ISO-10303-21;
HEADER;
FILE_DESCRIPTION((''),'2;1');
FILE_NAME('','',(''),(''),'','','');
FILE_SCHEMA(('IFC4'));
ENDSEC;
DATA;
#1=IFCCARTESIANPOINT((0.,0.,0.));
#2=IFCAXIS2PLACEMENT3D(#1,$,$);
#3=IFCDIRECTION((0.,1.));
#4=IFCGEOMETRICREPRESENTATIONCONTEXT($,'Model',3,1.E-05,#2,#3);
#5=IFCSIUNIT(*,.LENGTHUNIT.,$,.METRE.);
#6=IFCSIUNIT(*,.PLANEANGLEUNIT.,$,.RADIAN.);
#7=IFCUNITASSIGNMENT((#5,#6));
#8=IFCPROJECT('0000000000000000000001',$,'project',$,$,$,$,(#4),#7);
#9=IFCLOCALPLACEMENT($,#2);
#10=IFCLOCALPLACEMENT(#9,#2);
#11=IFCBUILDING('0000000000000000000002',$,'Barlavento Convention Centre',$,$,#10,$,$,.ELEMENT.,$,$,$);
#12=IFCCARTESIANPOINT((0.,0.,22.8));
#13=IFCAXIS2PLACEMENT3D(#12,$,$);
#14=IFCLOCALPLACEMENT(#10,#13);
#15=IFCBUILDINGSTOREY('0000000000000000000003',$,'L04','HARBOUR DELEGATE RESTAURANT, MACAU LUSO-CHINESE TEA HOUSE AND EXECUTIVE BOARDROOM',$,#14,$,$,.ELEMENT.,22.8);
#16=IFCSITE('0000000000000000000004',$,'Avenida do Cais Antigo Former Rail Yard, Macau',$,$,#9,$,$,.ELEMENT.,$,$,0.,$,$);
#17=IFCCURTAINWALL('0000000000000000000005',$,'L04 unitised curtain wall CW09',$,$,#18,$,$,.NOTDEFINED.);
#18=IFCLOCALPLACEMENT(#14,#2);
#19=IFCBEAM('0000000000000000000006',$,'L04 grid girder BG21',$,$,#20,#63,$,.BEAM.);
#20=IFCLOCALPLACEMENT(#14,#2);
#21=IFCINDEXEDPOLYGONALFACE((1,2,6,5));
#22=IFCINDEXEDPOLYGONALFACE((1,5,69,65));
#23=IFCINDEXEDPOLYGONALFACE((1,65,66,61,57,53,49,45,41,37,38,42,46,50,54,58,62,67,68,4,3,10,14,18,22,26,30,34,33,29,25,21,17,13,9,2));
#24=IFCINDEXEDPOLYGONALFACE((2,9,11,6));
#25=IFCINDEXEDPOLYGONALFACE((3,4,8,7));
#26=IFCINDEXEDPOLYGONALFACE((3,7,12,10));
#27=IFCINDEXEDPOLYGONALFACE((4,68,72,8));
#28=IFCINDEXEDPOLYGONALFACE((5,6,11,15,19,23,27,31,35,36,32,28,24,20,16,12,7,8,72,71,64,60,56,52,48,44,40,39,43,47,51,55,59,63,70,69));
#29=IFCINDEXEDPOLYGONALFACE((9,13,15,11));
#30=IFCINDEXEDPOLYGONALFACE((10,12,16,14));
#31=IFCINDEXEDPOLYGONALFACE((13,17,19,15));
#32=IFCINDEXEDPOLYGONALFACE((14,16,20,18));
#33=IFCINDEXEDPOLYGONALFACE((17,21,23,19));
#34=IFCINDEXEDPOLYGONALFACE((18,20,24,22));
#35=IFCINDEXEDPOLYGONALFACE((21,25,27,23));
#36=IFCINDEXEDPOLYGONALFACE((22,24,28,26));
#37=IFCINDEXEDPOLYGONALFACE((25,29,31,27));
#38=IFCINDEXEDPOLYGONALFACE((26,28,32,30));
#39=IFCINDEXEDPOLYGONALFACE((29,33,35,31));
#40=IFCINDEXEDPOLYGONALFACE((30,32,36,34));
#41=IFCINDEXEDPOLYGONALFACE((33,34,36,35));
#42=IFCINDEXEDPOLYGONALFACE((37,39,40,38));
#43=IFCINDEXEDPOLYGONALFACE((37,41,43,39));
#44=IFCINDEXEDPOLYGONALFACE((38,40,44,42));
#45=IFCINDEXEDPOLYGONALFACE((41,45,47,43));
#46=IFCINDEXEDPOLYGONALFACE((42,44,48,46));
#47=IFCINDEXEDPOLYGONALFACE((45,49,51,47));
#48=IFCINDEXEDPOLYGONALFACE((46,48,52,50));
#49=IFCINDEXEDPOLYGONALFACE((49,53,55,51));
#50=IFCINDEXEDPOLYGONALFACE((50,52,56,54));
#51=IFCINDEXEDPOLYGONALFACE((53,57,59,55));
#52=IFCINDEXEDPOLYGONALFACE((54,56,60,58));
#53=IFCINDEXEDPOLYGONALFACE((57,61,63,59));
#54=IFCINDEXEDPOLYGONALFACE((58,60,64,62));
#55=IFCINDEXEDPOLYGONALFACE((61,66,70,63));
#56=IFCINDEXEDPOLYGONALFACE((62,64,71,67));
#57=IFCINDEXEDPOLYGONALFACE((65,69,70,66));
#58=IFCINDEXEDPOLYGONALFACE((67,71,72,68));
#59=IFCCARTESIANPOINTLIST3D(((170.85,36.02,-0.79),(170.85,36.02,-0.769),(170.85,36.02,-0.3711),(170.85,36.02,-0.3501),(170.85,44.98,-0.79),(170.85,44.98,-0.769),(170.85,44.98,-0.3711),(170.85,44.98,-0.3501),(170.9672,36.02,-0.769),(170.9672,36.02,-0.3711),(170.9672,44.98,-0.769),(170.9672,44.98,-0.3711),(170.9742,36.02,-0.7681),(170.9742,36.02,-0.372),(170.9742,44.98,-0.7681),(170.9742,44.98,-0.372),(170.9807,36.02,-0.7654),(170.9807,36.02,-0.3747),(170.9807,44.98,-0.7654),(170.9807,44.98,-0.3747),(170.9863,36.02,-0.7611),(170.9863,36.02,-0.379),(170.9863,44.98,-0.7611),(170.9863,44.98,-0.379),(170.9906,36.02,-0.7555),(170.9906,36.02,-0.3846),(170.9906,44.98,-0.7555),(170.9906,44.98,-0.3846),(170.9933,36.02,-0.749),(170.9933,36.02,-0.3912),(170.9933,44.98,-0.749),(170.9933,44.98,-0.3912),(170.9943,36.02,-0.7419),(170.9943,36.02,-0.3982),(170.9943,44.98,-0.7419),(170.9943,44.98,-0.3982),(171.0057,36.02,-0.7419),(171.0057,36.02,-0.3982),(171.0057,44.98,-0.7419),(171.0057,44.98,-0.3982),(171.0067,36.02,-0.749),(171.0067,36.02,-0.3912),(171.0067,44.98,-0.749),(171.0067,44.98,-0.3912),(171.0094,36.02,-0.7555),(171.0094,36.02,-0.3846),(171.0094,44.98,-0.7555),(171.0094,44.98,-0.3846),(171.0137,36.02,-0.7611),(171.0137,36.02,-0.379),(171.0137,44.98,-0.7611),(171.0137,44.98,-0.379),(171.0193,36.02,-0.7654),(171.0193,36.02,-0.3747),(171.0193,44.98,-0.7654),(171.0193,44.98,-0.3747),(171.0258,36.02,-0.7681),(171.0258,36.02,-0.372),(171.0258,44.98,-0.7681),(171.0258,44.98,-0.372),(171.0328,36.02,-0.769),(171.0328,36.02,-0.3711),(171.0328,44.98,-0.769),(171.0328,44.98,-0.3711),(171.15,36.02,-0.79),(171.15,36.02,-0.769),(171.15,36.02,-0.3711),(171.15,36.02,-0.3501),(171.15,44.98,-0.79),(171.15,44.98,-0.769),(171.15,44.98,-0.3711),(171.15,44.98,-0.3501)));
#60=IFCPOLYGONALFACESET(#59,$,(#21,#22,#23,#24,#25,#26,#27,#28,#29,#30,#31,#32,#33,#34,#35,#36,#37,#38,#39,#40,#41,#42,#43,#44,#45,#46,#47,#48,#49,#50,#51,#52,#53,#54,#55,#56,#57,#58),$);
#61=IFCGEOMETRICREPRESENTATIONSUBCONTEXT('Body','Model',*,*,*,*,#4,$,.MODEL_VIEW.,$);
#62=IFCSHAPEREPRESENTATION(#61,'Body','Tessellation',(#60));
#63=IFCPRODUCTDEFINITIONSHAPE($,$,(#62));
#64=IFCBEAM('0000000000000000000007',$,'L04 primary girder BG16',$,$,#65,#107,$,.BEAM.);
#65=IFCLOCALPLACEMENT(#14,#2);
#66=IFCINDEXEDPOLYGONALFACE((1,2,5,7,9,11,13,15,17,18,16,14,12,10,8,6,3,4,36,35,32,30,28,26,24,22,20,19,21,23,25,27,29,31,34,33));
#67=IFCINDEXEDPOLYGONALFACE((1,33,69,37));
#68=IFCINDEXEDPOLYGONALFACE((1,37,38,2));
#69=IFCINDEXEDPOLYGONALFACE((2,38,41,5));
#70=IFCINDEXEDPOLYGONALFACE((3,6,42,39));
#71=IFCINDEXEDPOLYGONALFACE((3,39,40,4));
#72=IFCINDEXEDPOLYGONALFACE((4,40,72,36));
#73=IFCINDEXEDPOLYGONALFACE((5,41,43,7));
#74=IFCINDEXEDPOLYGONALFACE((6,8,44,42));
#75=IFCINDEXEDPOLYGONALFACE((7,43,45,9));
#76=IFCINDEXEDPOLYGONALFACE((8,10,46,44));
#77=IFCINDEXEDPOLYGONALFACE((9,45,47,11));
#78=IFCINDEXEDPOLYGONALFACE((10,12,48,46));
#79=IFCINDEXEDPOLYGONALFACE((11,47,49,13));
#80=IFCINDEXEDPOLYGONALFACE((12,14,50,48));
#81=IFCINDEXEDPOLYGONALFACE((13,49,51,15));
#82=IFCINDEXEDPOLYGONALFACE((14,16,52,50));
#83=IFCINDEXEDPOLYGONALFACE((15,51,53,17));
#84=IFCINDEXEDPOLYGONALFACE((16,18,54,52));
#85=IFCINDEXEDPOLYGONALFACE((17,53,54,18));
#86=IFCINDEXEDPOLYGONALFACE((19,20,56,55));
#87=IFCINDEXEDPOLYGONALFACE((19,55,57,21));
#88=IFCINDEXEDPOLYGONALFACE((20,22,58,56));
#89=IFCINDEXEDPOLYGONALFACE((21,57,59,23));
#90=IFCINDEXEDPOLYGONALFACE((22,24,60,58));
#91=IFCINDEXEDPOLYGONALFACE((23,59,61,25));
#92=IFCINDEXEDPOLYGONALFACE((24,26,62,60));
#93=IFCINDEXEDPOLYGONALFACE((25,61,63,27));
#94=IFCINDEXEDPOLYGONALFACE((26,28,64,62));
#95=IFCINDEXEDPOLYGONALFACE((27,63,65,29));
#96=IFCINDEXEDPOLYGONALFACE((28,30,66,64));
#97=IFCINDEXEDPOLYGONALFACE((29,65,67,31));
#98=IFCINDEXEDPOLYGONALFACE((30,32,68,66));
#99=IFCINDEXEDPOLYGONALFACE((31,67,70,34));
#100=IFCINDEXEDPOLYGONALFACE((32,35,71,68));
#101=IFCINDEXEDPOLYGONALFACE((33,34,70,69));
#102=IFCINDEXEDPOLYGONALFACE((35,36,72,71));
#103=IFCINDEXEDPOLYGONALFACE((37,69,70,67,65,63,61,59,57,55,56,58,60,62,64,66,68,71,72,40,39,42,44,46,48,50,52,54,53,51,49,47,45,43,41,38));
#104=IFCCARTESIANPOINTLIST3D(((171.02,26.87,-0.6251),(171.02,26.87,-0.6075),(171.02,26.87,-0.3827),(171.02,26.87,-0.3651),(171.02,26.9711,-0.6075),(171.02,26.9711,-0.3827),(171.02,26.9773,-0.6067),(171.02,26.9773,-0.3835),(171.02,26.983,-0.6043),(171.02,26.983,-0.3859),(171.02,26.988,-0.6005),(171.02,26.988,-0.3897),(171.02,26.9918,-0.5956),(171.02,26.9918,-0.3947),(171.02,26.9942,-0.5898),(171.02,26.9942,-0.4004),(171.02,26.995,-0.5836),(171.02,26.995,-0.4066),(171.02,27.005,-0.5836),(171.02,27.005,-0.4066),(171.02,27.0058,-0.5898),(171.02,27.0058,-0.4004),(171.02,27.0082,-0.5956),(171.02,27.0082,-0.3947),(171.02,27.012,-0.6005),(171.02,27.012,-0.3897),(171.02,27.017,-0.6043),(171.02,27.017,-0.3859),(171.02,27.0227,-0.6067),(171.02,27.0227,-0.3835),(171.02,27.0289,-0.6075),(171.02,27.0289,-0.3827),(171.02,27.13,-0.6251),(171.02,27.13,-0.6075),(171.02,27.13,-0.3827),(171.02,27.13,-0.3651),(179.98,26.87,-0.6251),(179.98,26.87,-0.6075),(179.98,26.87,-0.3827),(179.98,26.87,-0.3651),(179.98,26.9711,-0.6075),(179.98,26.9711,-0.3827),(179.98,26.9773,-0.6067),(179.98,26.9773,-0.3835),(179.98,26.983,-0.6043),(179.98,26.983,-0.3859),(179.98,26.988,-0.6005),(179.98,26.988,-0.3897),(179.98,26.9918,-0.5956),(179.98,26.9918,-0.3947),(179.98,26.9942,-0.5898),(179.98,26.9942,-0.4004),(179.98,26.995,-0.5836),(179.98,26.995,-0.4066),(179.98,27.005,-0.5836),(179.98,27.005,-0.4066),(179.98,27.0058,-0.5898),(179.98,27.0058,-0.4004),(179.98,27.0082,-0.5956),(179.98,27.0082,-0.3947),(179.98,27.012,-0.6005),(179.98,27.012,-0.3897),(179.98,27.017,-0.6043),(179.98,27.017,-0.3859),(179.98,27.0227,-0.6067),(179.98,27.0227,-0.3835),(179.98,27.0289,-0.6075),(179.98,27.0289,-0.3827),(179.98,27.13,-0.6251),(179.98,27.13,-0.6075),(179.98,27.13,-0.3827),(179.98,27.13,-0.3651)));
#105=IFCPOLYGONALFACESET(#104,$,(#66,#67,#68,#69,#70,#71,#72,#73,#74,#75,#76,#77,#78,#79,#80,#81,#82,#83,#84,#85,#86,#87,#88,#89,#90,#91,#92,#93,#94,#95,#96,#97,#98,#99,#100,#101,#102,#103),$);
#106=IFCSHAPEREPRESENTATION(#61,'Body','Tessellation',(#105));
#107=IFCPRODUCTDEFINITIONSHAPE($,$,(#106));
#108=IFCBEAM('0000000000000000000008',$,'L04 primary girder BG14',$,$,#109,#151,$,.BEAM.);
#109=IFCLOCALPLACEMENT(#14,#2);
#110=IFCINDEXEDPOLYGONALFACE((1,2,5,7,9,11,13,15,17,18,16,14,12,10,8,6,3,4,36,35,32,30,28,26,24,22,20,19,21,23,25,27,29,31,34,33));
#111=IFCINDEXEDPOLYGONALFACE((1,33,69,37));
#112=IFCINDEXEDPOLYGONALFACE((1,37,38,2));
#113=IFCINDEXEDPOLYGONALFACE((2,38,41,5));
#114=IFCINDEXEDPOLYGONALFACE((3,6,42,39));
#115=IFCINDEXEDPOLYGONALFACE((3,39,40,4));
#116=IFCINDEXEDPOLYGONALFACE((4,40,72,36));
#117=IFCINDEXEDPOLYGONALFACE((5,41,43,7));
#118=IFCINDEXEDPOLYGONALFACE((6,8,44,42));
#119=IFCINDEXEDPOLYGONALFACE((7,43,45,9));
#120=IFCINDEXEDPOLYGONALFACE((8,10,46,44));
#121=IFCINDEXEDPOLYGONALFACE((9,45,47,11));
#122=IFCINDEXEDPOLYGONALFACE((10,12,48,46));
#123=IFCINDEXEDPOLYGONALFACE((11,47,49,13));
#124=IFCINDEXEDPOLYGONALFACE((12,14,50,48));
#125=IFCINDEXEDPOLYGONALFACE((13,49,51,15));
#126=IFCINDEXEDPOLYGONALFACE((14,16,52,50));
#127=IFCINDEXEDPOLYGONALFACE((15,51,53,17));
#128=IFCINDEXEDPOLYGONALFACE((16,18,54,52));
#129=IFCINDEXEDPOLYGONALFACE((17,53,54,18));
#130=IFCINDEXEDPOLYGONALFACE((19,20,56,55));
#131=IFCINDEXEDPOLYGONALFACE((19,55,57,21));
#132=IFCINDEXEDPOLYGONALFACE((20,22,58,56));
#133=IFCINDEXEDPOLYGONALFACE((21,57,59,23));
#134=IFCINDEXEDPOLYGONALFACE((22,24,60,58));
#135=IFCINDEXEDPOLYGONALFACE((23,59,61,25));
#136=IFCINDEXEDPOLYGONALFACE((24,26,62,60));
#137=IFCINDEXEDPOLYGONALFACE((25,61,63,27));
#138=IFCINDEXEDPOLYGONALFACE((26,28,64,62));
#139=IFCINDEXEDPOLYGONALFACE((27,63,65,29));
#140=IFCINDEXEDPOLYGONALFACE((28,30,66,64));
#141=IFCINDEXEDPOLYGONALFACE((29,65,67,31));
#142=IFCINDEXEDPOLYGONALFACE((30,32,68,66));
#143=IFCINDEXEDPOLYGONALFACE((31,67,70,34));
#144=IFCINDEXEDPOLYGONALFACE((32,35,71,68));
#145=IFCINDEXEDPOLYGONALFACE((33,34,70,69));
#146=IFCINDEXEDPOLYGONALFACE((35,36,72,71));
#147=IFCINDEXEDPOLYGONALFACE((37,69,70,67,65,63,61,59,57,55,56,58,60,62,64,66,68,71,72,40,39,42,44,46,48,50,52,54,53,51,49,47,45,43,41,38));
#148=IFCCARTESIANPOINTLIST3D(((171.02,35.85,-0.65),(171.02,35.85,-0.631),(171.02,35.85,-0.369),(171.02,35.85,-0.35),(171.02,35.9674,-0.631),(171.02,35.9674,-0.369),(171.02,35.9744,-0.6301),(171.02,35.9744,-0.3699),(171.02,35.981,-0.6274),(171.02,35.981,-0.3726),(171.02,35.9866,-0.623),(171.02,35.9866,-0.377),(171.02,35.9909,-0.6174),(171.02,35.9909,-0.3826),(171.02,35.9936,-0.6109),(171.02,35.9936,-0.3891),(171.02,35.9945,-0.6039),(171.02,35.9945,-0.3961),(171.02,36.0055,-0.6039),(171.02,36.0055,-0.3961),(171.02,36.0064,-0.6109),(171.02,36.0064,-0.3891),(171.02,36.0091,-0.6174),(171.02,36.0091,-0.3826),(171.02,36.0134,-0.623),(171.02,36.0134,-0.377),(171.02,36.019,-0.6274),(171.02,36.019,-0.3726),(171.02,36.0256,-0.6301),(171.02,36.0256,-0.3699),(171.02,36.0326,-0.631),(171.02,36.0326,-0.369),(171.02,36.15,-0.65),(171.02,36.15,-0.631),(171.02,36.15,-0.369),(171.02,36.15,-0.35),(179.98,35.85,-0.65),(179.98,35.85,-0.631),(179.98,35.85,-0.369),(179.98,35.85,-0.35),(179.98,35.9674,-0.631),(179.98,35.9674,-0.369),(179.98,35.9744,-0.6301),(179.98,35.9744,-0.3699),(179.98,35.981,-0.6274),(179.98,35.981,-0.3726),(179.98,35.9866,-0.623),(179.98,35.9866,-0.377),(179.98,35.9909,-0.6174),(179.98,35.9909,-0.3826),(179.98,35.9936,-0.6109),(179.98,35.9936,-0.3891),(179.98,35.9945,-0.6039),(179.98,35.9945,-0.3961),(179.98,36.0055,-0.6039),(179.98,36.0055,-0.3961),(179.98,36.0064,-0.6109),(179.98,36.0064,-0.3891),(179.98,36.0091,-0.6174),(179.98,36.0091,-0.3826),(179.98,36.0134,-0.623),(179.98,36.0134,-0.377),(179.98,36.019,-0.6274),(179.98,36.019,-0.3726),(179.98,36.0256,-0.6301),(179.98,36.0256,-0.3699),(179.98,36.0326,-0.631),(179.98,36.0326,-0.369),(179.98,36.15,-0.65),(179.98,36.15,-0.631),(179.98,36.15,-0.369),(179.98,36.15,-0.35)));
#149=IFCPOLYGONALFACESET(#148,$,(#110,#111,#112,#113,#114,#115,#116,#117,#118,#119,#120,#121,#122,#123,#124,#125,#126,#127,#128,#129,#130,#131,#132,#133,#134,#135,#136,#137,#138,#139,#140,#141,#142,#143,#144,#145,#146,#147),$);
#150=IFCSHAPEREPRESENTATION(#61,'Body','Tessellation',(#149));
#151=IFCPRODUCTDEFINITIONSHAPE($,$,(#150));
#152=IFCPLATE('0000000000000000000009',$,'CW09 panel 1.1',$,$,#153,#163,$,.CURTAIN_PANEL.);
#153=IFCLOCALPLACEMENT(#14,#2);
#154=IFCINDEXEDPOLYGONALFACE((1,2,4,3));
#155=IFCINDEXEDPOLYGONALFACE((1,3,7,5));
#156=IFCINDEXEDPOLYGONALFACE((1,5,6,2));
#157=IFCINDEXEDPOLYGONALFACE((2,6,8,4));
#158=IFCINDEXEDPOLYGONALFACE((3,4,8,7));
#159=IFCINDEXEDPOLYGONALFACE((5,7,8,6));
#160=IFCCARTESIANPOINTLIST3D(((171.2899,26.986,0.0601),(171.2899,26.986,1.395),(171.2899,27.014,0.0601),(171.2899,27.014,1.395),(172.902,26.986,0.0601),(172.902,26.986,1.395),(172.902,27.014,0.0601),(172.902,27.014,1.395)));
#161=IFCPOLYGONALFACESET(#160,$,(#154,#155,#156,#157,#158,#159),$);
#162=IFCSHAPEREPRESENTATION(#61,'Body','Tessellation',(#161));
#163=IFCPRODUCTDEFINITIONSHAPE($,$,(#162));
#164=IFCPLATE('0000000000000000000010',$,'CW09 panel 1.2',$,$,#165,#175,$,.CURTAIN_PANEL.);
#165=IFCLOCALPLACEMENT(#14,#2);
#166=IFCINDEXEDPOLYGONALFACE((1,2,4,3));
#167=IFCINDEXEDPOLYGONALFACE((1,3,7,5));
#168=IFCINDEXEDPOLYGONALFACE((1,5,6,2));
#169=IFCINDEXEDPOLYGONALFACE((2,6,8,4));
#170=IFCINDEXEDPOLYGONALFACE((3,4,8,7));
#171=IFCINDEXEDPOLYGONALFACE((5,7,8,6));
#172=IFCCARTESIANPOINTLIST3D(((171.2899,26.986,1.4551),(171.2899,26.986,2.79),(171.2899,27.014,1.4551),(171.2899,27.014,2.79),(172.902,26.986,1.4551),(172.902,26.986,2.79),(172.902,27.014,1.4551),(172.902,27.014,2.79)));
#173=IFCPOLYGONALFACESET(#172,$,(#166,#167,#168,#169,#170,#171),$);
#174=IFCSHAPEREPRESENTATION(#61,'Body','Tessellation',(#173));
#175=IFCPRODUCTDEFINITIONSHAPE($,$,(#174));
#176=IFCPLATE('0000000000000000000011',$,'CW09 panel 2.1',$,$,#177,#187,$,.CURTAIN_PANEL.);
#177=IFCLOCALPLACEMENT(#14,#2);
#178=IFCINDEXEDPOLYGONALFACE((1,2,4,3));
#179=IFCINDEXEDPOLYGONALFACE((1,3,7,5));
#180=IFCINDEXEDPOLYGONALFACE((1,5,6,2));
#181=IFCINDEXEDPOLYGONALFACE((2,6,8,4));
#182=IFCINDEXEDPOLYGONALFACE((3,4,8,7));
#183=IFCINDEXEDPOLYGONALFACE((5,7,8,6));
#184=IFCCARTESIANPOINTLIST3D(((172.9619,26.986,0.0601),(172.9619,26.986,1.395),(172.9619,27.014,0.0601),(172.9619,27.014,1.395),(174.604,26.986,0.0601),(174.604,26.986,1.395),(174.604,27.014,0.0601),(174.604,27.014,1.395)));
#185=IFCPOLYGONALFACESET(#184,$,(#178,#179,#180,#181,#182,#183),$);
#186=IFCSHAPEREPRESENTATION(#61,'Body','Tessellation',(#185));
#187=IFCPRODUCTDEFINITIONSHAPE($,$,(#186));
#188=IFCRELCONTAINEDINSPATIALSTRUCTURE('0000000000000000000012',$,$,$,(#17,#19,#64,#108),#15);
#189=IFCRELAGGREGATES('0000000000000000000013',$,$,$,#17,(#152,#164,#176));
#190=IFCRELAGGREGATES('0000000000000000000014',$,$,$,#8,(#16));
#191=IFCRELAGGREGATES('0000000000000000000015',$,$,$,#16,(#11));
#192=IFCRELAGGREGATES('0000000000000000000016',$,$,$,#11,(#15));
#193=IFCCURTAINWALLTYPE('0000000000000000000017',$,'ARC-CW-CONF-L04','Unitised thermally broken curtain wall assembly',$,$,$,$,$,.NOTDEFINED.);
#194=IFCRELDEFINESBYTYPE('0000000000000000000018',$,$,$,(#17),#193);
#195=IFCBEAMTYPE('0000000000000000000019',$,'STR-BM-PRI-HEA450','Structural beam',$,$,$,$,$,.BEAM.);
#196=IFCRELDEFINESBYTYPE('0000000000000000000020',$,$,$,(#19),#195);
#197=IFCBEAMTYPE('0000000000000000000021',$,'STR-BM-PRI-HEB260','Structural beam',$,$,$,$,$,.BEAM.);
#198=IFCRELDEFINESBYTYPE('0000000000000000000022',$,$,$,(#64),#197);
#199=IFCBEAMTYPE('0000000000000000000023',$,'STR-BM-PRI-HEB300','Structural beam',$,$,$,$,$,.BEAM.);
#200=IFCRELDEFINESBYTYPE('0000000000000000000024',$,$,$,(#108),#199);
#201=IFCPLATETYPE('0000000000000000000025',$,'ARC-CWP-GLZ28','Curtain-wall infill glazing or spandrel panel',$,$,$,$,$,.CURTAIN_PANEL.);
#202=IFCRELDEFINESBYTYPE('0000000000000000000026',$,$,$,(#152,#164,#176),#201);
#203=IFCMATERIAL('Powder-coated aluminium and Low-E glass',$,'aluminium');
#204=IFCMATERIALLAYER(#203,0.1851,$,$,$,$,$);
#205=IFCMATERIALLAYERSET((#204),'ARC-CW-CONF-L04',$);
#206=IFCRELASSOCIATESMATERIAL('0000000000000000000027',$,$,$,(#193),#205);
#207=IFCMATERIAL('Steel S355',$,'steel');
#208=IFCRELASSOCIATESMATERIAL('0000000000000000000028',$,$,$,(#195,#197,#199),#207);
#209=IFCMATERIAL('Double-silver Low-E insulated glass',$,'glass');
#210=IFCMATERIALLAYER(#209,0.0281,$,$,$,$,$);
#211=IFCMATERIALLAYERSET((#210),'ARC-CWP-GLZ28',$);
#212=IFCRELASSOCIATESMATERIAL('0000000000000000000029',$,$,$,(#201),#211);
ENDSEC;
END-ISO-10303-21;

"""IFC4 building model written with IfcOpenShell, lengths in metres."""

from ifc_helpers import new_model, si_unit, direction, frame, origin, origin_2d, place, context, subcontext, project, spatial, rectangle, i_section, extrude, material, layer, layer_set, material_profile, profile_set, type_object, element, aggregate, save


model = new_model("IFC4")

# Units and contexts
model_context = context("Model", 3, precision=1e-05, world=origin(), true_north=direction((0.0, 1.0)))
body_context = subcontext(model_context, "Body", "Model", "MODEL_VIEW")
ifc_project = project(units=[si_unit("LENGTHUNIT", "METRE"), si_unit("PLANEANGLEUNIT", "RADIAN")], contexts=[model_context])

# Site, building, storey
site_placement = place(None, origin())
site = spatial("IfcSite", under=ifc_project, at=site_placement, Name="Avenida do Cais Antigo Former Rail Yard, Macau", CompositionType="ELEMENT", RefElevation=0.0)
building_placement = place(site_placement, origin())
building = spatial("IfcBuilding", under=site, at=building_placement, Name="Barlavento Convention Centre", CompositionType="ELEMENT")
storey_placement = place(building_placement, frame((0.0, 0.0, 22.8)))
storey = spatial("IfcBuildingStorey", under=building, at=storey_placement, Name="L04", Description="HARBOUR DELEGATE RESTAURANT, MACAU LUSO-CHINESE TEA HOUSE AND EXECUTIVE BOARDROOM", CompositionType="ELEMENT", Elevation=22.8)

# Shared definitions
ifc_material_1 = material(Name="Steel S355", Category="steel")

# Curtain wall
ifc_material_2 = material(Name="Powder-coated aluminium and Low-E glass", Category="aluminium")
ifc_layer_1 = layer(ifc_material_2, 0.1851)
ifc_layer_set_1 = layer_set([ifc_layer_1], Name="ARC-CW-CONF-L04")
curtain_wall_type = type_object("IfcCurtainWallType", Name="ARC-CW-CONF-L04", Description="Unitised thermally broken curtain wall assembly", PredefinedType="NOTDEFINED", material=ifc_layer_set_1)
curtain_wall_placement = place(storey_placement, origin())
curtain_wall = element("IfcCurtainWall", 1, at=curtain_wall_placement, inside=storey, type_object=curtain_wall_type, Name="L04 unitised curtain wall CW09", PredefinedType="NOTDEFINED")

# Beams
ifc_material_profile_1 = material_profile(ifc_material_1, i_section(OverallWidth=0.3, OverallDepth=0.4399, WebThickness=0.0115, FlangeThickness=0.021, FilletRadius=0.0271, at=origin_2d()), Name="HEA 450")
ifc_profile_set_1 = profile_set([ifc_material_profile_1], Name="Steel S355")
beam_type_1 = type_object("IfcBeamType", Name="STR-BM-PRI-HEA450", Description="Structural beam", PredefinedType="BEAM", material=ifc_profile_set_1)
beam_1_placement = place(storey_placement, frame((171.0, 36.02, -0.5701), z_axis=(0.0, 1.0, 0.0), x_axis=(-1.0, 0.0, 0.0)))
element("IfcBeam", 2, at=beam_1_placement, inside=storey, type_object=beam_type_1, Name="L04 grid girder BG21", PredefinedType="BEAM", context=body_context, shape_type="SweptSolid", body=[
    extrude(i_section(OverallWidth=0.3, OverallDepth=0.4399, WebThickness=0.0115, FlangeThickness=0.021, FilletRadius=0.0271, at=origin_2d()), origin(), (0.0, 0.0, 1.0), 8.96),
])
ifc_material_profile_2 = material_profile(ifc_material_1, i_section(OverallWidth=0.26, OverallDepth=0.26, WebThickness=0.01, FlangeThickness=0.0176, FilletRadius=0.0239, at=origin_2d()), Name="HEB 260")
ifc_profile_set_2 = profile_set([ifc_material_profile_2], Name="Steel S355")
beam_type_2 = type_object("IfcBeamType", Name="STR-BM-PRI-HEB260", Description="Structural beam", PredefinedType="BEAM", material=ifc_profile_set_2)
beam_2_placement = place(storey_placement, frame((171.02, 27.0, -0.4951), z_axis=(1.0, 0.0, 0.0), x_axis=(0.0, 1.0, 0.0)))
element("IfcBeam", 3, at=beam_2_placement, inside=storey, type_object=beam_type_2, Name="L04 primary girder BG16", PredefinedType="BEAM", context=body_context, shape_type="SweptSolid", body=[
    extrude(i_section(OverallWidth=0.26, OverallDepth=0.26, WebThickness=0.01, FlangeThickness=0.0176, FilletRadius=0.0239, at=origin_2d()), origin(), (0.0, 0.0, 1.0), 8.96),
])
ifc_material_profile_3 = material_profile(ifc_material_1, i_section(OverallWidth=0.3, OverallDepth=0.3, WebThickness=0.011, FlangeThickness=0.019, FilletRadius=0.0271, at=origin_2d()), Name="HEB 300")
ifc_profile_set_3 = profile_set([ifc_material_profile_3], Name="Steel S355")
beam_type_3 = type_object("IfcBeamType", Name="STR-BM-PRI-HEB300", Description="Structural beam", PredefinedType="BEAM", material=ifc_profile_set_3)
beam_3_placement = place(storey_placement, frame((171.02, 36.0, -0.5), z_axis=(1.0, 0.0, 0.0), x_axis=(0.0, 1.0, 0.0)))
element("IfcBeam", 4, at=beam_3_placement, inside=storey, type_object=beam_type_3, Name="L04 primary girder BG14", PredefinedType="BEAM", context=body_context, shape_type="SweptSolid", body=[
    extrude(i_section(OverallWidth=0.3, OverallDepth=0.3, WebThickness=0.011, FlangeThickness=0.019, FilletRadius=0.0271, at=origin_2d()), origin(), (0.0, 0.0, 1.0), 8.96),
])

# Plates
ifc_material_3 = material(Name="Double-silver Low-E insulated glass", Category="glass")
ifc_layer_2 = layer(ifc_material_3, 0.0281)
ifc_layer_set_2 = layer_set([ifc_layer_2], Name="ARC-CWP-GLZ28")
plate_type = type_object("IfcPlateType", Name="ARC-CWP-GLZ28", Description="Curtain-wall infill glazing or spandrel panel", PredefinedType="CURTAIN_PANEL", material=ifc_layer_set_2)
plate_1_placement = place(storey_placement, frame((172.0959, 27.0, 0.0601), z_axis=(0.0, 0.0, 1.0), x_axis=(1.0, 0.0, 0.0)))
plate_1 = element("IfcPlate", 5, at=plate_1_placement, type_object=plate_type, Name="CW09 panel 1.1", PredefinedType="CURTAIN_PANEL", context=body_context, shape_type="SweptSolid", body=[
    extrude(rectangle(XDim=1.6121, YDim=0.0281, at=origin_2d()), origin(), (0.0, 0.0, 1.0), 1.335),
])
plate_2_placement = place(storey_placement, frame((172.0959, 27.0, 1.4551), z_axis=(0.0, 0.0, 1.0), x_axis=(1.0, 0.0, 0.0)))
plate_2 = element("IfcPlate", 6, at=plate_2_placement, type_object=plate_type, Name="CW09 panel 1.2", PredefinedType="CURTAIN_PANEL", context=body_context, shape_type="SweptSolid", body=[
    extrude(rectangle(XDim=1.6121, YDim=0.0281, at=origin_2d()), origin(), (0.0, 0.0, 1.0), 1.335),
])
plate_3_placement = place(storey_placement, frame((173.783, 27.0, 0.0601), z_axis=(0.0, 0.0, 1.0), x_axis=(1.0, 0.0, 0.0)))
plate_3 = element("IfcPlate", 7, at=plate_3_placement, type_object=plate_type, Name="CW09 panel 2.1", PredefinedType="CURTAIN_PANEL", context=body_context, shape_type="SweptSolid", body=[
    extrude(rectangle(XDim=1.6421, YDim=0.0281, at=origin_2d()), origin(), (0.0, 0.0, 1.0), 1.335),
])
aggregate(curtain_wall, [plate_1, plate_2, plate_3])

save(model, "model.ifc")
